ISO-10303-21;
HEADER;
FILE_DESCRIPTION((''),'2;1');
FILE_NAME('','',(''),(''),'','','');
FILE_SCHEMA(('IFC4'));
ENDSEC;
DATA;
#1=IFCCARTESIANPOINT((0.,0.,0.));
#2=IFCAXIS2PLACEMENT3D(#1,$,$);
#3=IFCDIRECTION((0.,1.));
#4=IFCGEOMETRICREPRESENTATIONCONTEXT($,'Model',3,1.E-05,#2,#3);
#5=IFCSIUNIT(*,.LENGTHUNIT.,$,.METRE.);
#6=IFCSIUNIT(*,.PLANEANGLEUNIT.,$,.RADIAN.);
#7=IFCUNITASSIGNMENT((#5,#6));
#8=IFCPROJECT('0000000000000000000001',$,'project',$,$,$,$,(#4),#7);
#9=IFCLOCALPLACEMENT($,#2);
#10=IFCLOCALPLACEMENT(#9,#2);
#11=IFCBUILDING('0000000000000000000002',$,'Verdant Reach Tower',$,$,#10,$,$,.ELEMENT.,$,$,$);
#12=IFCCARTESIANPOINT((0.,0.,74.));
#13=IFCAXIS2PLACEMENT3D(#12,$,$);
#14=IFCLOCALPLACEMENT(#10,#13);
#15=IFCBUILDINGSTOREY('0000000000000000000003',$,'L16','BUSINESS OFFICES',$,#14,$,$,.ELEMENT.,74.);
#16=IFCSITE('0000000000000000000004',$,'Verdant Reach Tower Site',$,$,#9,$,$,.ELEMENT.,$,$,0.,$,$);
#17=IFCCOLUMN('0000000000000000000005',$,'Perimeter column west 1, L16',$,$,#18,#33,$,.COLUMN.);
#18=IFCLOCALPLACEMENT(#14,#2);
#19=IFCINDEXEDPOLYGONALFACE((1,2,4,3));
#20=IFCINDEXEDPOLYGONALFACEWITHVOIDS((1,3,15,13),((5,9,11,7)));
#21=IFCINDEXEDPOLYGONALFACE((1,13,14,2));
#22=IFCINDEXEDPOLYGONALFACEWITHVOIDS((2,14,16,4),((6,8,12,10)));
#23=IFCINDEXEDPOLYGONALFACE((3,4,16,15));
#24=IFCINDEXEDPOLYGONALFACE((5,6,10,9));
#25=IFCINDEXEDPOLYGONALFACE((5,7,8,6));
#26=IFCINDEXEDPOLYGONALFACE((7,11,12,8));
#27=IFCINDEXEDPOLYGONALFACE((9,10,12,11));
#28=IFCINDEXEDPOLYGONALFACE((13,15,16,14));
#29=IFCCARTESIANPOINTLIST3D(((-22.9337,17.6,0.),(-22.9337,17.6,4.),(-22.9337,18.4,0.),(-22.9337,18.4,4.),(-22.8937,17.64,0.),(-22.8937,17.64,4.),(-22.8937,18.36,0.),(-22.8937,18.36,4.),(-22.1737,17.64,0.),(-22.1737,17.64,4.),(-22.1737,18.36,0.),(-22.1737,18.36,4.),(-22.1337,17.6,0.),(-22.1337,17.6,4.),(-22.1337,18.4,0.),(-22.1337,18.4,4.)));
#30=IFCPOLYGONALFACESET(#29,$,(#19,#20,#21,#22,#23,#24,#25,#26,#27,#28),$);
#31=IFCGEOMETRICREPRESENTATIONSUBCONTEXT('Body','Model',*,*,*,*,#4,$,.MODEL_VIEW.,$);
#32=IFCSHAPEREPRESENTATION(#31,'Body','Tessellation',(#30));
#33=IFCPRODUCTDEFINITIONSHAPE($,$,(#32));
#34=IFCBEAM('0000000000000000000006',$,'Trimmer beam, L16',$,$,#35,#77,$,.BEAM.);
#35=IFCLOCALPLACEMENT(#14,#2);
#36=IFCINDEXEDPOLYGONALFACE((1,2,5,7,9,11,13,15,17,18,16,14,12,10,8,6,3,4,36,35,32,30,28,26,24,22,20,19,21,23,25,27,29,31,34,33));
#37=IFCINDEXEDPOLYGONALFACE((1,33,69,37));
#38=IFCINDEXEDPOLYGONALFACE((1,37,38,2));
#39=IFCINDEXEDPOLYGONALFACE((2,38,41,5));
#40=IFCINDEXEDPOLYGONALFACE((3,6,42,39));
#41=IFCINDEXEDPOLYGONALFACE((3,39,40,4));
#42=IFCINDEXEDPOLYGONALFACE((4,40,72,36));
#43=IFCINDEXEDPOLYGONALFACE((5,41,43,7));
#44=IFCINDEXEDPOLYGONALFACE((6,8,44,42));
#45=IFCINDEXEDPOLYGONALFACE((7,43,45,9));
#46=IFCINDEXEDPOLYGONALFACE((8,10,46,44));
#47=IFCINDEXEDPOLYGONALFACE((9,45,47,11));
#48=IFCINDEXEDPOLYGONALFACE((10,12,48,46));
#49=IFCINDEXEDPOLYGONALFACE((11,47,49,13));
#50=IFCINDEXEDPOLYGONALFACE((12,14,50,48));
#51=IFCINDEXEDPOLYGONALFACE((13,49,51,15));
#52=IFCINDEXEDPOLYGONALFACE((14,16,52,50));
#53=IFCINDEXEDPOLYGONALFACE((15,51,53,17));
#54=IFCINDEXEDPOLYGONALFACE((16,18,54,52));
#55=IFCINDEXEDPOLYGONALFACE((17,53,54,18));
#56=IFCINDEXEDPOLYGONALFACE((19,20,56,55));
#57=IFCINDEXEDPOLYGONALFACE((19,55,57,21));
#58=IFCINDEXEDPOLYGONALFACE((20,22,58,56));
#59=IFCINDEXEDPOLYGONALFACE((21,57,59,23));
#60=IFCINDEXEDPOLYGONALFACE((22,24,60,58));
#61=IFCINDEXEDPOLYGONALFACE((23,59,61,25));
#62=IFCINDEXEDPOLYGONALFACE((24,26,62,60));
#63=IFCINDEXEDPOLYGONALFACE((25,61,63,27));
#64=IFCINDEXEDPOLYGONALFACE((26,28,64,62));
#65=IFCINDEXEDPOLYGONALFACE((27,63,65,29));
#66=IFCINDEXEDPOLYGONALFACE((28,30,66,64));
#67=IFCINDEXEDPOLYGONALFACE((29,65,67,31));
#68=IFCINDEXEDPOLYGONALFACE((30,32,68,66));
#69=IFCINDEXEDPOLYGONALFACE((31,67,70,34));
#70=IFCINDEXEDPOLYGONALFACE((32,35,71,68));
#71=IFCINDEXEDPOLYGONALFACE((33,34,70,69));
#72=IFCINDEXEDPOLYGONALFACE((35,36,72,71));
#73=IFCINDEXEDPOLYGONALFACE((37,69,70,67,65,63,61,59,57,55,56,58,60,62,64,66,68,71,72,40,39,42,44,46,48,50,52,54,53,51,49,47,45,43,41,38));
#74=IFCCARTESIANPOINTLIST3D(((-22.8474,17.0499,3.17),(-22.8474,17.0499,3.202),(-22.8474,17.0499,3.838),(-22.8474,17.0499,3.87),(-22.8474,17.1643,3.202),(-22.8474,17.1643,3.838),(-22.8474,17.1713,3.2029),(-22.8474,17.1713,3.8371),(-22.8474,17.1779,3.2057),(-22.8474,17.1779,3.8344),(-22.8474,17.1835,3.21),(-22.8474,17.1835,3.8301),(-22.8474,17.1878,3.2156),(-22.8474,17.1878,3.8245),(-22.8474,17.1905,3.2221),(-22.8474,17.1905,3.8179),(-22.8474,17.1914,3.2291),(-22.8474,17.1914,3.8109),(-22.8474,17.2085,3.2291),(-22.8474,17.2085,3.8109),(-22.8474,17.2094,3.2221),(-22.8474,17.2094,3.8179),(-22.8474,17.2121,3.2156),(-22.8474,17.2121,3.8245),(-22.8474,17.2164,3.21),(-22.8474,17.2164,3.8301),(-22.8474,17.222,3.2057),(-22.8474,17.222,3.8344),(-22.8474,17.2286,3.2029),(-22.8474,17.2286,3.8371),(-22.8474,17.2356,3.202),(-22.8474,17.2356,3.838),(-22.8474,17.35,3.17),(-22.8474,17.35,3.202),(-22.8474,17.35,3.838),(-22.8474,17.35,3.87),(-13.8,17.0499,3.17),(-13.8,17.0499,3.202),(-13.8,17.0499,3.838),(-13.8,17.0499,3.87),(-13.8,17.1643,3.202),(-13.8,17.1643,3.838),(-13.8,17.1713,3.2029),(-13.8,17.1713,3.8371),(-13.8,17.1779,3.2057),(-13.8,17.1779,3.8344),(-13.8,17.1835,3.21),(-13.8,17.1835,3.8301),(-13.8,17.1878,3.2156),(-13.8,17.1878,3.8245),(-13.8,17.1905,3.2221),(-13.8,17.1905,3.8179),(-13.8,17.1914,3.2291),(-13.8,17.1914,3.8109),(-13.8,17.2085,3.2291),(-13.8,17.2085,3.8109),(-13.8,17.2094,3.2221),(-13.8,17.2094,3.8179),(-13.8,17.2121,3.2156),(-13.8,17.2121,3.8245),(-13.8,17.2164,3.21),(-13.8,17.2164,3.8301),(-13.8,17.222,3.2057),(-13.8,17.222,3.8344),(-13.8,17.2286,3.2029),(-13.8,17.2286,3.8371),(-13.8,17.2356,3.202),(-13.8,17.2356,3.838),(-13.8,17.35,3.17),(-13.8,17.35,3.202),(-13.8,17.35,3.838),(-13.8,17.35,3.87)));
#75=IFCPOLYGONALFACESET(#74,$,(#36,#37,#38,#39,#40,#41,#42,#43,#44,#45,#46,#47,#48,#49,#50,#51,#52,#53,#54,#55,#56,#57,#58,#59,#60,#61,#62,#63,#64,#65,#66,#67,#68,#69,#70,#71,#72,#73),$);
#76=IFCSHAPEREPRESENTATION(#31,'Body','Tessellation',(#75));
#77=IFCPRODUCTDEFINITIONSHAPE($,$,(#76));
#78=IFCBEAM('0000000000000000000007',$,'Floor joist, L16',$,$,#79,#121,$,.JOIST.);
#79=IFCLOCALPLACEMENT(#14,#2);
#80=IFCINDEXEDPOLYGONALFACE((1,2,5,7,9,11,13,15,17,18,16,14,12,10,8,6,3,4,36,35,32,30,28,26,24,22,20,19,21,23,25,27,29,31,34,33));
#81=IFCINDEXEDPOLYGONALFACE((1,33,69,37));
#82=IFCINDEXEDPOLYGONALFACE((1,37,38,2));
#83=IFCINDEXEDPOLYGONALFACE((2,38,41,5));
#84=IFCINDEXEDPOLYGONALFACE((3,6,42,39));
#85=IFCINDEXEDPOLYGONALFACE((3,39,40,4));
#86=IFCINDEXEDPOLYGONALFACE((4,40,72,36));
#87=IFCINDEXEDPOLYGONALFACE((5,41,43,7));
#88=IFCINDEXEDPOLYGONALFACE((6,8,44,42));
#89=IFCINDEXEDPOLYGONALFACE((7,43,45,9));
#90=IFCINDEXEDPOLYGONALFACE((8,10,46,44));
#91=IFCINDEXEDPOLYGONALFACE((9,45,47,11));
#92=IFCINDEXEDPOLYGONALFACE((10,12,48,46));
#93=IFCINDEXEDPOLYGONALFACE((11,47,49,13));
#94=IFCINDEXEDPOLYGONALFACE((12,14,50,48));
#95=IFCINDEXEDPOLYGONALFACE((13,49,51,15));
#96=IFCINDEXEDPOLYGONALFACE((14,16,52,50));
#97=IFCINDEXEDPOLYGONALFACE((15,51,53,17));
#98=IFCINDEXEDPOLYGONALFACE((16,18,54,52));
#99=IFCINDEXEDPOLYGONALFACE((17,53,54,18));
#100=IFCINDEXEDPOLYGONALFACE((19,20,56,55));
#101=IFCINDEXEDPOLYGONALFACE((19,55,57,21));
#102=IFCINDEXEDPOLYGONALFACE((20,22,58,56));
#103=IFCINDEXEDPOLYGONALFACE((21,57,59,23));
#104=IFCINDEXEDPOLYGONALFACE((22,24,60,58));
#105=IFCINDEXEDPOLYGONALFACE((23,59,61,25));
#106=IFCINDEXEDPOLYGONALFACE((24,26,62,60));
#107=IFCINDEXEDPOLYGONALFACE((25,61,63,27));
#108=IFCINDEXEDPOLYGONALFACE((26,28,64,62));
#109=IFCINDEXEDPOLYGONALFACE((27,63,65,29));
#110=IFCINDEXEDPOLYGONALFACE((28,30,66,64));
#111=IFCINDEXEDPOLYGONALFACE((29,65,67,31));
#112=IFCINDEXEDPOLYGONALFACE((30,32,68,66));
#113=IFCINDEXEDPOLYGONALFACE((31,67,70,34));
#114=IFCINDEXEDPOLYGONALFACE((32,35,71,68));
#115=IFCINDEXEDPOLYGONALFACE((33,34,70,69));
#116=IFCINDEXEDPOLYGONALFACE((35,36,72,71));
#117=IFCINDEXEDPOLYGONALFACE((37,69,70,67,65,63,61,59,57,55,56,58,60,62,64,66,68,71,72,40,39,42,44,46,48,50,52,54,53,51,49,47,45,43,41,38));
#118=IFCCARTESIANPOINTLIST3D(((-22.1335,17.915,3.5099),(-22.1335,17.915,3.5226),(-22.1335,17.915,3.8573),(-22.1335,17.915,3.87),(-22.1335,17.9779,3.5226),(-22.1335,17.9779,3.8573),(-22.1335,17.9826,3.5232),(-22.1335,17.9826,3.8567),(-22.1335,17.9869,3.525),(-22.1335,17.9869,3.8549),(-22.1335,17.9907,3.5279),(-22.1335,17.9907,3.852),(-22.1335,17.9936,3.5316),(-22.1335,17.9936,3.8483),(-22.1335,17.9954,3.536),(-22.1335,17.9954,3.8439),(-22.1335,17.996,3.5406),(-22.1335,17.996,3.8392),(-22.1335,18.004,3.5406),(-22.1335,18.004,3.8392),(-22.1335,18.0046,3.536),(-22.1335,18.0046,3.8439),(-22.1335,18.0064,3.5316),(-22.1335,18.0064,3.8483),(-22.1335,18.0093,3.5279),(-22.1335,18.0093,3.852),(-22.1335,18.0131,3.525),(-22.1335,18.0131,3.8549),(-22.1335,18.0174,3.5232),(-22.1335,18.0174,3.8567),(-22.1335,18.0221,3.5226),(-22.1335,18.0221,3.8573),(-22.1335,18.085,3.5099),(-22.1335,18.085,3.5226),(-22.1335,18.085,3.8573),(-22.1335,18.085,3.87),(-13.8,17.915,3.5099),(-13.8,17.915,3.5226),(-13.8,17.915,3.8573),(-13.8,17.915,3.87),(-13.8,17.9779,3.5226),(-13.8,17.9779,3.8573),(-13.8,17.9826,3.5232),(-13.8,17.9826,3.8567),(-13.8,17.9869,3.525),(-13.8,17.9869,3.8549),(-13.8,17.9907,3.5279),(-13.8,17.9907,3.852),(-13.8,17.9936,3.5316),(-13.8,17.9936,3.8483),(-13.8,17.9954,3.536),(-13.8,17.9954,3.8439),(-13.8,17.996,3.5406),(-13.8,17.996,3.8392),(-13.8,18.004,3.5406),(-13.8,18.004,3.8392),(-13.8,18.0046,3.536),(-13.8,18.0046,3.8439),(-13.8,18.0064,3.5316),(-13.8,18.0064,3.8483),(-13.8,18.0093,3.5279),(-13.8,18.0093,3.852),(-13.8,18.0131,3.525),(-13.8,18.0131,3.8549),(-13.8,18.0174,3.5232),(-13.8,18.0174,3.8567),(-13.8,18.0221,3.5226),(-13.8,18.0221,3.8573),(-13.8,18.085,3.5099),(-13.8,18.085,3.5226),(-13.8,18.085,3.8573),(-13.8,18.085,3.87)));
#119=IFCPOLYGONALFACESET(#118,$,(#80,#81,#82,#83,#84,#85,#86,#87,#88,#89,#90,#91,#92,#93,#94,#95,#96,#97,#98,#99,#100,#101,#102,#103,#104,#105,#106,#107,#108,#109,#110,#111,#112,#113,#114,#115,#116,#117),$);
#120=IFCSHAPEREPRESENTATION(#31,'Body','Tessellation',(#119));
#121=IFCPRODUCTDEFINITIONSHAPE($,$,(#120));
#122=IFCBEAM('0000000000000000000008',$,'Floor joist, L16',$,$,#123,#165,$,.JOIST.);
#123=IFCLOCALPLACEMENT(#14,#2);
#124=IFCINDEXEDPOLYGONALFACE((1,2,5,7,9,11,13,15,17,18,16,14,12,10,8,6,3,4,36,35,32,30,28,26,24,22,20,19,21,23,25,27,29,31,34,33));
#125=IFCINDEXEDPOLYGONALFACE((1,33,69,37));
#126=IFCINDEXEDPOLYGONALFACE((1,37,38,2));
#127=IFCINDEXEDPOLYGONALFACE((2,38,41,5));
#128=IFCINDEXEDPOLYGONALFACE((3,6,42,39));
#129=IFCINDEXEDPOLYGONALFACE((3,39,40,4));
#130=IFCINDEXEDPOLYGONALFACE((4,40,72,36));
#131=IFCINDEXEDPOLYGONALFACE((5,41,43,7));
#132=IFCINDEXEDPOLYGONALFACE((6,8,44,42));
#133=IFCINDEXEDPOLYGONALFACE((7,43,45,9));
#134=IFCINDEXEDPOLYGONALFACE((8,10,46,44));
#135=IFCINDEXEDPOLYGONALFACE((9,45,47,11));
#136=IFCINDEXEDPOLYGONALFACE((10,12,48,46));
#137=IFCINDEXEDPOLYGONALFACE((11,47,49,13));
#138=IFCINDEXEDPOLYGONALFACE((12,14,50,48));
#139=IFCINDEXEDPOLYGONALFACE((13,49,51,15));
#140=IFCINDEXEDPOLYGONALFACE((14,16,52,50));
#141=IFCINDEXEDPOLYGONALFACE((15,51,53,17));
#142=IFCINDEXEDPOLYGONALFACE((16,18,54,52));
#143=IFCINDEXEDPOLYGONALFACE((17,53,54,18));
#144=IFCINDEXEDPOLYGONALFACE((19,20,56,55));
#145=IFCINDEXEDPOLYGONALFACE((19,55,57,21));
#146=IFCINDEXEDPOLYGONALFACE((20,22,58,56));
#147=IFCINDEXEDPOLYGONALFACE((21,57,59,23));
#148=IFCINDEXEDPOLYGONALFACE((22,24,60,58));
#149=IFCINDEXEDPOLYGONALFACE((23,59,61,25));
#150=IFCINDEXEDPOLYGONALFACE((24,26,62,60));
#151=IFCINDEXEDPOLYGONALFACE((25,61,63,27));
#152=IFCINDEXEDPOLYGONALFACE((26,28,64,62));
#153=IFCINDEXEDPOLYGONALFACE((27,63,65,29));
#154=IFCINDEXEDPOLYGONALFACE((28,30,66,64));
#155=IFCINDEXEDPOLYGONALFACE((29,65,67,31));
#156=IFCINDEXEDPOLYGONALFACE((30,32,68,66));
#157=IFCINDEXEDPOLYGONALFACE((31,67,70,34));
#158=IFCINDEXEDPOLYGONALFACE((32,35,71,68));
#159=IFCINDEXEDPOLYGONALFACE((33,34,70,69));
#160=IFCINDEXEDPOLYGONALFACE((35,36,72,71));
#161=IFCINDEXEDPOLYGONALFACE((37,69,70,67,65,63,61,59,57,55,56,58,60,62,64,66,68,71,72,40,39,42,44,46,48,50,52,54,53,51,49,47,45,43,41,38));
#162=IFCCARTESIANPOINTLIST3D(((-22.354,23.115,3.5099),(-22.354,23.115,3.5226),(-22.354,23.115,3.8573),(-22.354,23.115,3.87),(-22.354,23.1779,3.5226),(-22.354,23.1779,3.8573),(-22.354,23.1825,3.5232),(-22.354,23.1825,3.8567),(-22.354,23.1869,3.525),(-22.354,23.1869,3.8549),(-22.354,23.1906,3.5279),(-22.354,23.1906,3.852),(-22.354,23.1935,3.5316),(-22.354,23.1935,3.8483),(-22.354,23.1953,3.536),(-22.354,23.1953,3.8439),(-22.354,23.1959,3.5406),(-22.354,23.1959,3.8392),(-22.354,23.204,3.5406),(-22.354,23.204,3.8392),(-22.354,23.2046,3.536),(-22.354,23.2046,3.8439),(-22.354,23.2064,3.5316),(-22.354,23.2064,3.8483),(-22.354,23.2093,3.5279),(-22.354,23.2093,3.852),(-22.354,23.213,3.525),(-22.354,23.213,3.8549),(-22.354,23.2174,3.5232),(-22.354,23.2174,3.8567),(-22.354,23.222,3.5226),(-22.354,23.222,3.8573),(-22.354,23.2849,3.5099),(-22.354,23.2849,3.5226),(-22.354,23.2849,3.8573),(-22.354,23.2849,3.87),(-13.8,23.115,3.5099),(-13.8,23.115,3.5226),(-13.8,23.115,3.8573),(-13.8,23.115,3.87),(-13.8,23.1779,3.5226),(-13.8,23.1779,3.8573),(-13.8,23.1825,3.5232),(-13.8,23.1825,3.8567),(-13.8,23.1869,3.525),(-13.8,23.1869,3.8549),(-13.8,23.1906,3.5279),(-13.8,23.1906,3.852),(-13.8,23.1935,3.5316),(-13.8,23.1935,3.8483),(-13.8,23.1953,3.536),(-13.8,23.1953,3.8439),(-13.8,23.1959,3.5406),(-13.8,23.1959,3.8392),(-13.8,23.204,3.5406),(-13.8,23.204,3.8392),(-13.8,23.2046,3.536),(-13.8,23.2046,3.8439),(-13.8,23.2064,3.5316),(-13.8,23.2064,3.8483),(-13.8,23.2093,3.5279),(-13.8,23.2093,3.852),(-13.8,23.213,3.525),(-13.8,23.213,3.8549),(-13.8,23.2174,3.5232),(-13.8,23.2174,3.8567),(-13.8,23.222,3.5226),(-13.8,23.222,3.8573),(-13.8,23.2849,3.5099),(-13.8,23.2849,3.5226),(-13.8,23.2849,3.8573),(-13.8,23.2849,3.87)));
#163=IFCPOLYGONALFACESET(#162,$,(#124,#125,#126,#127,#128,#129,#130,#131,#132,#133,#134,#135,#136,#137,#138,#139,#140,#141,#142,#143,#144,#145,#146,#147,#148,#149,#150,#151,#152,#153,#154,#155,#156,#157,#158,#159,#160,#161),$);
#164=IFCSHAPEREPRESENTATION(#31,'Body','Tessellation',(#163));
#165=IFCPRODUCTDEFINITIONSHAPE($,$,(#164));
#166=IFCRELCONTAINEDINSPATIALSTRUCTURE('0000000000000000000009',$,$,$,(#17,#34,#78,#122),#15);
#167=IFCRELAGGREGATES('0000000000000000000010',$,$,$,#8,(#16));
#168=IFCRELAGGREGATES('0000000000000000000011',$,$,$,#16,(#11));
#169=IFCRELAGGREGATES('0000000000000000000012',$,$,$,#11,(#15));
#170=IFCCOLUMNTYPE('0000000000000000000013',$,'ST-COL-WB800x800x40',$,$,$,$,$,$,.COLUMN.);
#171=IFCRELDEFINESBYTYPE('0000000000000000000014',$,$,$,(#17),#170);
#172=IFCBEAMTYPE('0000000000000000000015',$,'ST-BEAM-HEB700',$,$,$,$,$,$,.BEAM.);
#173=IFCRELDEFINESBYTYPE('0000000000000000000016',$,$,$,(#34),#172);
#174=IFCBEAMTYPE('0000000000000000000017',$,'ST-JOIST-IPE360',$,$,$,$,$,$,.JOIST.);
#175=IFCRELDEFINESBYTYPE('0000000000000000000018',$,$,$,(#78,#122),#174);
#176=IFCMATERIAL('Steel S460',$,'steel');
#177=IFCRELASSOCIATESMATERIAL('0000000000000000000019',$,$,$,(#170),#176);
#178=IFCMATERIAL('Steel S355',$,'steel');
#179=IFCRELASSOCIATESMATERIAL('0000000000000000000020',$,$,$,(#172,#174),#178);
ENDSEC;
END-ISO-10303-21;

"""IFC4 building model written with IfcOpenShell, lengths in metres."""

from ifc_helpers import new_model, si_unit, direction, frame, origin, origin_2d, place, context, subcontext, project, spatial, hollow_rectangle, i_section, extrude, material, material_profile, profile_set, type_object, element, save


model = new_model("IFC4")

# Units and contexts
model_context = context("Model", 3, precision=1e-05, world=origin(), true_north=direction((0.0, 1.0)))
body_context = subcontext(model_context, "Body", "Model", "MODEL_VIEW")
ifc_project = project(units=[si_unit("LENGTHUNIT", "METRE"), si_unit("PLANEANGLEUNIT", "RADIAN")], contexts=[model_context])

# Site, building, storey
site_placement = place(None, origin())
site = spatial("IfcSite", under=ifc_project, at=site_placement, Name="Verdant Reach Tower Site", CompositionType="ELEMENT", RefElevation=0.0)
building_placement = place(site_placement, origin())
building = spatial("IfcBuilding", under=site, at=building_placement, Name="Verdant Reach Tower", CompositionType="ELEMENT")
storey_placement = place(building_placement, frame((0.0, 0.0, 74.0)))
storey = spatial("IfcBuildingStorey", under=building, at=storey_placement, Name="L16", Description="BUSINESS OFFICES", CompositionType="ELEMENT", Elevation=74.0)

# Column
ifc_material_1 = material(Name="Steel S460", Category="steel")
ifc_material_profile_1 = material_profile(ifc_material_1, hollow_rectangle(XDim=0.8, YDim=0.8, WallThickness=0.04, at=origin_2d()), Name="WB 800x800x40")
ifc_profile_set_1 = profile_set([ifc_material_profile_1], Name="Steel S460")
column_type = type_object("IfcColumnType", Name="ST-COL-WB800x800x40", PredefinedType="COLUMN", material=ifc_profile_set_1)
column_placement = place(storey_placement, frame((-22.5337, 18.0, 0.0), z_axis=(0.0, 0.0, 1.0), x_axis=(1.0, 0.0, 0.0)))
element("IfcColumn", 1, at=column_placement, inside=storey, type_object=column_type, Name="Perimeter column west 1, L16", PredefinedType="COLUMN", context=body_context, shape_type="SweptSolid", body=[
    extrude(hollow_rectangle(XDim=0.8, YDim=0.8, WallThickness=0.04, at=origin_2d()), origin(), (0.0, 0.0, 1.0), 4.0),
])

# Beams
ifc_material_2 = material(Name="Steel S355", Category="steel")
ifc_material_profile_2 = material_profile(ifc_material_2, i_section(OverallWidth=0.3, OverallDepth=0.7, WebThickness=0.0171, FlangeThickness=0.032, FilletRadius=0.0271, at=origin_2d()), Name="HEB 700")
ifc_profile_set_2 = profile_set([ifc_material_profile_2], Name="Steel S355")
beam_type_1 = type_object("IfcBeamType", Name="ST-BEAM-HEB700", PredefinedType="BEAM", material=ifc_profile_set_2)
beam_1_placement = place(storey_placement, frame((-13.8, 17.2, 3.52), z_axis=(-1.0, 0.0, 0.0), x_axis=(0.0, -1.0, 0.0)))
element("IfcBeam", 2, at=beam_1_placement, inside=storey, type_object=beam_type_1, Name="Trimmer beam, L16", PredefinedType="BEAM", context=body_context, shape_type="SweptSolid", body=[
    extrude(i_section(OverallWidth=0.3, OverallDepth=0.7, WebThickness=0.0171, FlangeThickness=0.032, FilletRadius=0.0271, at=origin_2d()), origin(), (0.0, 0.0, 1.0), 9.0474),
])
ifc_material_profile_3 = material_profile(ifc_material_2, i_section(OverallWidth=0.1699, OverallDepth=0.3601, WebThickness=0.0081, FlangeThickness=0.0127, FilletRadius=0.0181, at=origin_2d()), Name="IPE 360")
ifc_profile_set_3 = profile_set([ifc_material_profile_3], Name="Steel S355")
beam_type_2 = type_object("IfcBeamType", Name="ST-JOIST-IPE360", PredefinedType="JOIST", material=ifc_profile_set_3)
beam_2_placement = place(storey_placement, frame((-13.8, 18.0, 3.6899), z_axis=(-1.0, 0.0, 0.0), x_axis=(0.0, -1.0, 0.0)))
element("IfcBeam", 3, at=beam_2_placement, inside=storey, type_object=beam_type_2, Name="Floor joist, L16", PredefinedType="JOIST", context=body_context, shape_type="SweptSolid", body=[
    extrude(i_section(OverallWidth=0.1699, OverallDepth=0.3601, WebThickness=0.0081, FlangeThickness=0.0127, FilletRadius=0.0181, at=origin_2d()), origin(), (0.0, 0.0, 1.0), 8.3335),
])
beam_3_placement = place(storey_placement, frame((-13.8, 23.2, 3.6899), z_axis=(-1.0, 0.0, 0.0), x_axis=(0.0, -1.0, 0.0)))
element("IfcBeam", 4, at=beam_3_placement, inside=storey, type_object=beam_type_2, Name="Floor joist, L16", PredefinedType="JOIST", context=body_context, shape_type="SweptSolid", body=[
    extrude(i_section(OverallWidth=0.1699, OverallDepth=0.3601, WebThickness=0.0081, FlangeThickness=0.0127, FilletRadius=0.0181, at=origin_2d()), origin(), (0.0, 0.0, 1.0), 8.554),
])

save(model, "model.ifc")
